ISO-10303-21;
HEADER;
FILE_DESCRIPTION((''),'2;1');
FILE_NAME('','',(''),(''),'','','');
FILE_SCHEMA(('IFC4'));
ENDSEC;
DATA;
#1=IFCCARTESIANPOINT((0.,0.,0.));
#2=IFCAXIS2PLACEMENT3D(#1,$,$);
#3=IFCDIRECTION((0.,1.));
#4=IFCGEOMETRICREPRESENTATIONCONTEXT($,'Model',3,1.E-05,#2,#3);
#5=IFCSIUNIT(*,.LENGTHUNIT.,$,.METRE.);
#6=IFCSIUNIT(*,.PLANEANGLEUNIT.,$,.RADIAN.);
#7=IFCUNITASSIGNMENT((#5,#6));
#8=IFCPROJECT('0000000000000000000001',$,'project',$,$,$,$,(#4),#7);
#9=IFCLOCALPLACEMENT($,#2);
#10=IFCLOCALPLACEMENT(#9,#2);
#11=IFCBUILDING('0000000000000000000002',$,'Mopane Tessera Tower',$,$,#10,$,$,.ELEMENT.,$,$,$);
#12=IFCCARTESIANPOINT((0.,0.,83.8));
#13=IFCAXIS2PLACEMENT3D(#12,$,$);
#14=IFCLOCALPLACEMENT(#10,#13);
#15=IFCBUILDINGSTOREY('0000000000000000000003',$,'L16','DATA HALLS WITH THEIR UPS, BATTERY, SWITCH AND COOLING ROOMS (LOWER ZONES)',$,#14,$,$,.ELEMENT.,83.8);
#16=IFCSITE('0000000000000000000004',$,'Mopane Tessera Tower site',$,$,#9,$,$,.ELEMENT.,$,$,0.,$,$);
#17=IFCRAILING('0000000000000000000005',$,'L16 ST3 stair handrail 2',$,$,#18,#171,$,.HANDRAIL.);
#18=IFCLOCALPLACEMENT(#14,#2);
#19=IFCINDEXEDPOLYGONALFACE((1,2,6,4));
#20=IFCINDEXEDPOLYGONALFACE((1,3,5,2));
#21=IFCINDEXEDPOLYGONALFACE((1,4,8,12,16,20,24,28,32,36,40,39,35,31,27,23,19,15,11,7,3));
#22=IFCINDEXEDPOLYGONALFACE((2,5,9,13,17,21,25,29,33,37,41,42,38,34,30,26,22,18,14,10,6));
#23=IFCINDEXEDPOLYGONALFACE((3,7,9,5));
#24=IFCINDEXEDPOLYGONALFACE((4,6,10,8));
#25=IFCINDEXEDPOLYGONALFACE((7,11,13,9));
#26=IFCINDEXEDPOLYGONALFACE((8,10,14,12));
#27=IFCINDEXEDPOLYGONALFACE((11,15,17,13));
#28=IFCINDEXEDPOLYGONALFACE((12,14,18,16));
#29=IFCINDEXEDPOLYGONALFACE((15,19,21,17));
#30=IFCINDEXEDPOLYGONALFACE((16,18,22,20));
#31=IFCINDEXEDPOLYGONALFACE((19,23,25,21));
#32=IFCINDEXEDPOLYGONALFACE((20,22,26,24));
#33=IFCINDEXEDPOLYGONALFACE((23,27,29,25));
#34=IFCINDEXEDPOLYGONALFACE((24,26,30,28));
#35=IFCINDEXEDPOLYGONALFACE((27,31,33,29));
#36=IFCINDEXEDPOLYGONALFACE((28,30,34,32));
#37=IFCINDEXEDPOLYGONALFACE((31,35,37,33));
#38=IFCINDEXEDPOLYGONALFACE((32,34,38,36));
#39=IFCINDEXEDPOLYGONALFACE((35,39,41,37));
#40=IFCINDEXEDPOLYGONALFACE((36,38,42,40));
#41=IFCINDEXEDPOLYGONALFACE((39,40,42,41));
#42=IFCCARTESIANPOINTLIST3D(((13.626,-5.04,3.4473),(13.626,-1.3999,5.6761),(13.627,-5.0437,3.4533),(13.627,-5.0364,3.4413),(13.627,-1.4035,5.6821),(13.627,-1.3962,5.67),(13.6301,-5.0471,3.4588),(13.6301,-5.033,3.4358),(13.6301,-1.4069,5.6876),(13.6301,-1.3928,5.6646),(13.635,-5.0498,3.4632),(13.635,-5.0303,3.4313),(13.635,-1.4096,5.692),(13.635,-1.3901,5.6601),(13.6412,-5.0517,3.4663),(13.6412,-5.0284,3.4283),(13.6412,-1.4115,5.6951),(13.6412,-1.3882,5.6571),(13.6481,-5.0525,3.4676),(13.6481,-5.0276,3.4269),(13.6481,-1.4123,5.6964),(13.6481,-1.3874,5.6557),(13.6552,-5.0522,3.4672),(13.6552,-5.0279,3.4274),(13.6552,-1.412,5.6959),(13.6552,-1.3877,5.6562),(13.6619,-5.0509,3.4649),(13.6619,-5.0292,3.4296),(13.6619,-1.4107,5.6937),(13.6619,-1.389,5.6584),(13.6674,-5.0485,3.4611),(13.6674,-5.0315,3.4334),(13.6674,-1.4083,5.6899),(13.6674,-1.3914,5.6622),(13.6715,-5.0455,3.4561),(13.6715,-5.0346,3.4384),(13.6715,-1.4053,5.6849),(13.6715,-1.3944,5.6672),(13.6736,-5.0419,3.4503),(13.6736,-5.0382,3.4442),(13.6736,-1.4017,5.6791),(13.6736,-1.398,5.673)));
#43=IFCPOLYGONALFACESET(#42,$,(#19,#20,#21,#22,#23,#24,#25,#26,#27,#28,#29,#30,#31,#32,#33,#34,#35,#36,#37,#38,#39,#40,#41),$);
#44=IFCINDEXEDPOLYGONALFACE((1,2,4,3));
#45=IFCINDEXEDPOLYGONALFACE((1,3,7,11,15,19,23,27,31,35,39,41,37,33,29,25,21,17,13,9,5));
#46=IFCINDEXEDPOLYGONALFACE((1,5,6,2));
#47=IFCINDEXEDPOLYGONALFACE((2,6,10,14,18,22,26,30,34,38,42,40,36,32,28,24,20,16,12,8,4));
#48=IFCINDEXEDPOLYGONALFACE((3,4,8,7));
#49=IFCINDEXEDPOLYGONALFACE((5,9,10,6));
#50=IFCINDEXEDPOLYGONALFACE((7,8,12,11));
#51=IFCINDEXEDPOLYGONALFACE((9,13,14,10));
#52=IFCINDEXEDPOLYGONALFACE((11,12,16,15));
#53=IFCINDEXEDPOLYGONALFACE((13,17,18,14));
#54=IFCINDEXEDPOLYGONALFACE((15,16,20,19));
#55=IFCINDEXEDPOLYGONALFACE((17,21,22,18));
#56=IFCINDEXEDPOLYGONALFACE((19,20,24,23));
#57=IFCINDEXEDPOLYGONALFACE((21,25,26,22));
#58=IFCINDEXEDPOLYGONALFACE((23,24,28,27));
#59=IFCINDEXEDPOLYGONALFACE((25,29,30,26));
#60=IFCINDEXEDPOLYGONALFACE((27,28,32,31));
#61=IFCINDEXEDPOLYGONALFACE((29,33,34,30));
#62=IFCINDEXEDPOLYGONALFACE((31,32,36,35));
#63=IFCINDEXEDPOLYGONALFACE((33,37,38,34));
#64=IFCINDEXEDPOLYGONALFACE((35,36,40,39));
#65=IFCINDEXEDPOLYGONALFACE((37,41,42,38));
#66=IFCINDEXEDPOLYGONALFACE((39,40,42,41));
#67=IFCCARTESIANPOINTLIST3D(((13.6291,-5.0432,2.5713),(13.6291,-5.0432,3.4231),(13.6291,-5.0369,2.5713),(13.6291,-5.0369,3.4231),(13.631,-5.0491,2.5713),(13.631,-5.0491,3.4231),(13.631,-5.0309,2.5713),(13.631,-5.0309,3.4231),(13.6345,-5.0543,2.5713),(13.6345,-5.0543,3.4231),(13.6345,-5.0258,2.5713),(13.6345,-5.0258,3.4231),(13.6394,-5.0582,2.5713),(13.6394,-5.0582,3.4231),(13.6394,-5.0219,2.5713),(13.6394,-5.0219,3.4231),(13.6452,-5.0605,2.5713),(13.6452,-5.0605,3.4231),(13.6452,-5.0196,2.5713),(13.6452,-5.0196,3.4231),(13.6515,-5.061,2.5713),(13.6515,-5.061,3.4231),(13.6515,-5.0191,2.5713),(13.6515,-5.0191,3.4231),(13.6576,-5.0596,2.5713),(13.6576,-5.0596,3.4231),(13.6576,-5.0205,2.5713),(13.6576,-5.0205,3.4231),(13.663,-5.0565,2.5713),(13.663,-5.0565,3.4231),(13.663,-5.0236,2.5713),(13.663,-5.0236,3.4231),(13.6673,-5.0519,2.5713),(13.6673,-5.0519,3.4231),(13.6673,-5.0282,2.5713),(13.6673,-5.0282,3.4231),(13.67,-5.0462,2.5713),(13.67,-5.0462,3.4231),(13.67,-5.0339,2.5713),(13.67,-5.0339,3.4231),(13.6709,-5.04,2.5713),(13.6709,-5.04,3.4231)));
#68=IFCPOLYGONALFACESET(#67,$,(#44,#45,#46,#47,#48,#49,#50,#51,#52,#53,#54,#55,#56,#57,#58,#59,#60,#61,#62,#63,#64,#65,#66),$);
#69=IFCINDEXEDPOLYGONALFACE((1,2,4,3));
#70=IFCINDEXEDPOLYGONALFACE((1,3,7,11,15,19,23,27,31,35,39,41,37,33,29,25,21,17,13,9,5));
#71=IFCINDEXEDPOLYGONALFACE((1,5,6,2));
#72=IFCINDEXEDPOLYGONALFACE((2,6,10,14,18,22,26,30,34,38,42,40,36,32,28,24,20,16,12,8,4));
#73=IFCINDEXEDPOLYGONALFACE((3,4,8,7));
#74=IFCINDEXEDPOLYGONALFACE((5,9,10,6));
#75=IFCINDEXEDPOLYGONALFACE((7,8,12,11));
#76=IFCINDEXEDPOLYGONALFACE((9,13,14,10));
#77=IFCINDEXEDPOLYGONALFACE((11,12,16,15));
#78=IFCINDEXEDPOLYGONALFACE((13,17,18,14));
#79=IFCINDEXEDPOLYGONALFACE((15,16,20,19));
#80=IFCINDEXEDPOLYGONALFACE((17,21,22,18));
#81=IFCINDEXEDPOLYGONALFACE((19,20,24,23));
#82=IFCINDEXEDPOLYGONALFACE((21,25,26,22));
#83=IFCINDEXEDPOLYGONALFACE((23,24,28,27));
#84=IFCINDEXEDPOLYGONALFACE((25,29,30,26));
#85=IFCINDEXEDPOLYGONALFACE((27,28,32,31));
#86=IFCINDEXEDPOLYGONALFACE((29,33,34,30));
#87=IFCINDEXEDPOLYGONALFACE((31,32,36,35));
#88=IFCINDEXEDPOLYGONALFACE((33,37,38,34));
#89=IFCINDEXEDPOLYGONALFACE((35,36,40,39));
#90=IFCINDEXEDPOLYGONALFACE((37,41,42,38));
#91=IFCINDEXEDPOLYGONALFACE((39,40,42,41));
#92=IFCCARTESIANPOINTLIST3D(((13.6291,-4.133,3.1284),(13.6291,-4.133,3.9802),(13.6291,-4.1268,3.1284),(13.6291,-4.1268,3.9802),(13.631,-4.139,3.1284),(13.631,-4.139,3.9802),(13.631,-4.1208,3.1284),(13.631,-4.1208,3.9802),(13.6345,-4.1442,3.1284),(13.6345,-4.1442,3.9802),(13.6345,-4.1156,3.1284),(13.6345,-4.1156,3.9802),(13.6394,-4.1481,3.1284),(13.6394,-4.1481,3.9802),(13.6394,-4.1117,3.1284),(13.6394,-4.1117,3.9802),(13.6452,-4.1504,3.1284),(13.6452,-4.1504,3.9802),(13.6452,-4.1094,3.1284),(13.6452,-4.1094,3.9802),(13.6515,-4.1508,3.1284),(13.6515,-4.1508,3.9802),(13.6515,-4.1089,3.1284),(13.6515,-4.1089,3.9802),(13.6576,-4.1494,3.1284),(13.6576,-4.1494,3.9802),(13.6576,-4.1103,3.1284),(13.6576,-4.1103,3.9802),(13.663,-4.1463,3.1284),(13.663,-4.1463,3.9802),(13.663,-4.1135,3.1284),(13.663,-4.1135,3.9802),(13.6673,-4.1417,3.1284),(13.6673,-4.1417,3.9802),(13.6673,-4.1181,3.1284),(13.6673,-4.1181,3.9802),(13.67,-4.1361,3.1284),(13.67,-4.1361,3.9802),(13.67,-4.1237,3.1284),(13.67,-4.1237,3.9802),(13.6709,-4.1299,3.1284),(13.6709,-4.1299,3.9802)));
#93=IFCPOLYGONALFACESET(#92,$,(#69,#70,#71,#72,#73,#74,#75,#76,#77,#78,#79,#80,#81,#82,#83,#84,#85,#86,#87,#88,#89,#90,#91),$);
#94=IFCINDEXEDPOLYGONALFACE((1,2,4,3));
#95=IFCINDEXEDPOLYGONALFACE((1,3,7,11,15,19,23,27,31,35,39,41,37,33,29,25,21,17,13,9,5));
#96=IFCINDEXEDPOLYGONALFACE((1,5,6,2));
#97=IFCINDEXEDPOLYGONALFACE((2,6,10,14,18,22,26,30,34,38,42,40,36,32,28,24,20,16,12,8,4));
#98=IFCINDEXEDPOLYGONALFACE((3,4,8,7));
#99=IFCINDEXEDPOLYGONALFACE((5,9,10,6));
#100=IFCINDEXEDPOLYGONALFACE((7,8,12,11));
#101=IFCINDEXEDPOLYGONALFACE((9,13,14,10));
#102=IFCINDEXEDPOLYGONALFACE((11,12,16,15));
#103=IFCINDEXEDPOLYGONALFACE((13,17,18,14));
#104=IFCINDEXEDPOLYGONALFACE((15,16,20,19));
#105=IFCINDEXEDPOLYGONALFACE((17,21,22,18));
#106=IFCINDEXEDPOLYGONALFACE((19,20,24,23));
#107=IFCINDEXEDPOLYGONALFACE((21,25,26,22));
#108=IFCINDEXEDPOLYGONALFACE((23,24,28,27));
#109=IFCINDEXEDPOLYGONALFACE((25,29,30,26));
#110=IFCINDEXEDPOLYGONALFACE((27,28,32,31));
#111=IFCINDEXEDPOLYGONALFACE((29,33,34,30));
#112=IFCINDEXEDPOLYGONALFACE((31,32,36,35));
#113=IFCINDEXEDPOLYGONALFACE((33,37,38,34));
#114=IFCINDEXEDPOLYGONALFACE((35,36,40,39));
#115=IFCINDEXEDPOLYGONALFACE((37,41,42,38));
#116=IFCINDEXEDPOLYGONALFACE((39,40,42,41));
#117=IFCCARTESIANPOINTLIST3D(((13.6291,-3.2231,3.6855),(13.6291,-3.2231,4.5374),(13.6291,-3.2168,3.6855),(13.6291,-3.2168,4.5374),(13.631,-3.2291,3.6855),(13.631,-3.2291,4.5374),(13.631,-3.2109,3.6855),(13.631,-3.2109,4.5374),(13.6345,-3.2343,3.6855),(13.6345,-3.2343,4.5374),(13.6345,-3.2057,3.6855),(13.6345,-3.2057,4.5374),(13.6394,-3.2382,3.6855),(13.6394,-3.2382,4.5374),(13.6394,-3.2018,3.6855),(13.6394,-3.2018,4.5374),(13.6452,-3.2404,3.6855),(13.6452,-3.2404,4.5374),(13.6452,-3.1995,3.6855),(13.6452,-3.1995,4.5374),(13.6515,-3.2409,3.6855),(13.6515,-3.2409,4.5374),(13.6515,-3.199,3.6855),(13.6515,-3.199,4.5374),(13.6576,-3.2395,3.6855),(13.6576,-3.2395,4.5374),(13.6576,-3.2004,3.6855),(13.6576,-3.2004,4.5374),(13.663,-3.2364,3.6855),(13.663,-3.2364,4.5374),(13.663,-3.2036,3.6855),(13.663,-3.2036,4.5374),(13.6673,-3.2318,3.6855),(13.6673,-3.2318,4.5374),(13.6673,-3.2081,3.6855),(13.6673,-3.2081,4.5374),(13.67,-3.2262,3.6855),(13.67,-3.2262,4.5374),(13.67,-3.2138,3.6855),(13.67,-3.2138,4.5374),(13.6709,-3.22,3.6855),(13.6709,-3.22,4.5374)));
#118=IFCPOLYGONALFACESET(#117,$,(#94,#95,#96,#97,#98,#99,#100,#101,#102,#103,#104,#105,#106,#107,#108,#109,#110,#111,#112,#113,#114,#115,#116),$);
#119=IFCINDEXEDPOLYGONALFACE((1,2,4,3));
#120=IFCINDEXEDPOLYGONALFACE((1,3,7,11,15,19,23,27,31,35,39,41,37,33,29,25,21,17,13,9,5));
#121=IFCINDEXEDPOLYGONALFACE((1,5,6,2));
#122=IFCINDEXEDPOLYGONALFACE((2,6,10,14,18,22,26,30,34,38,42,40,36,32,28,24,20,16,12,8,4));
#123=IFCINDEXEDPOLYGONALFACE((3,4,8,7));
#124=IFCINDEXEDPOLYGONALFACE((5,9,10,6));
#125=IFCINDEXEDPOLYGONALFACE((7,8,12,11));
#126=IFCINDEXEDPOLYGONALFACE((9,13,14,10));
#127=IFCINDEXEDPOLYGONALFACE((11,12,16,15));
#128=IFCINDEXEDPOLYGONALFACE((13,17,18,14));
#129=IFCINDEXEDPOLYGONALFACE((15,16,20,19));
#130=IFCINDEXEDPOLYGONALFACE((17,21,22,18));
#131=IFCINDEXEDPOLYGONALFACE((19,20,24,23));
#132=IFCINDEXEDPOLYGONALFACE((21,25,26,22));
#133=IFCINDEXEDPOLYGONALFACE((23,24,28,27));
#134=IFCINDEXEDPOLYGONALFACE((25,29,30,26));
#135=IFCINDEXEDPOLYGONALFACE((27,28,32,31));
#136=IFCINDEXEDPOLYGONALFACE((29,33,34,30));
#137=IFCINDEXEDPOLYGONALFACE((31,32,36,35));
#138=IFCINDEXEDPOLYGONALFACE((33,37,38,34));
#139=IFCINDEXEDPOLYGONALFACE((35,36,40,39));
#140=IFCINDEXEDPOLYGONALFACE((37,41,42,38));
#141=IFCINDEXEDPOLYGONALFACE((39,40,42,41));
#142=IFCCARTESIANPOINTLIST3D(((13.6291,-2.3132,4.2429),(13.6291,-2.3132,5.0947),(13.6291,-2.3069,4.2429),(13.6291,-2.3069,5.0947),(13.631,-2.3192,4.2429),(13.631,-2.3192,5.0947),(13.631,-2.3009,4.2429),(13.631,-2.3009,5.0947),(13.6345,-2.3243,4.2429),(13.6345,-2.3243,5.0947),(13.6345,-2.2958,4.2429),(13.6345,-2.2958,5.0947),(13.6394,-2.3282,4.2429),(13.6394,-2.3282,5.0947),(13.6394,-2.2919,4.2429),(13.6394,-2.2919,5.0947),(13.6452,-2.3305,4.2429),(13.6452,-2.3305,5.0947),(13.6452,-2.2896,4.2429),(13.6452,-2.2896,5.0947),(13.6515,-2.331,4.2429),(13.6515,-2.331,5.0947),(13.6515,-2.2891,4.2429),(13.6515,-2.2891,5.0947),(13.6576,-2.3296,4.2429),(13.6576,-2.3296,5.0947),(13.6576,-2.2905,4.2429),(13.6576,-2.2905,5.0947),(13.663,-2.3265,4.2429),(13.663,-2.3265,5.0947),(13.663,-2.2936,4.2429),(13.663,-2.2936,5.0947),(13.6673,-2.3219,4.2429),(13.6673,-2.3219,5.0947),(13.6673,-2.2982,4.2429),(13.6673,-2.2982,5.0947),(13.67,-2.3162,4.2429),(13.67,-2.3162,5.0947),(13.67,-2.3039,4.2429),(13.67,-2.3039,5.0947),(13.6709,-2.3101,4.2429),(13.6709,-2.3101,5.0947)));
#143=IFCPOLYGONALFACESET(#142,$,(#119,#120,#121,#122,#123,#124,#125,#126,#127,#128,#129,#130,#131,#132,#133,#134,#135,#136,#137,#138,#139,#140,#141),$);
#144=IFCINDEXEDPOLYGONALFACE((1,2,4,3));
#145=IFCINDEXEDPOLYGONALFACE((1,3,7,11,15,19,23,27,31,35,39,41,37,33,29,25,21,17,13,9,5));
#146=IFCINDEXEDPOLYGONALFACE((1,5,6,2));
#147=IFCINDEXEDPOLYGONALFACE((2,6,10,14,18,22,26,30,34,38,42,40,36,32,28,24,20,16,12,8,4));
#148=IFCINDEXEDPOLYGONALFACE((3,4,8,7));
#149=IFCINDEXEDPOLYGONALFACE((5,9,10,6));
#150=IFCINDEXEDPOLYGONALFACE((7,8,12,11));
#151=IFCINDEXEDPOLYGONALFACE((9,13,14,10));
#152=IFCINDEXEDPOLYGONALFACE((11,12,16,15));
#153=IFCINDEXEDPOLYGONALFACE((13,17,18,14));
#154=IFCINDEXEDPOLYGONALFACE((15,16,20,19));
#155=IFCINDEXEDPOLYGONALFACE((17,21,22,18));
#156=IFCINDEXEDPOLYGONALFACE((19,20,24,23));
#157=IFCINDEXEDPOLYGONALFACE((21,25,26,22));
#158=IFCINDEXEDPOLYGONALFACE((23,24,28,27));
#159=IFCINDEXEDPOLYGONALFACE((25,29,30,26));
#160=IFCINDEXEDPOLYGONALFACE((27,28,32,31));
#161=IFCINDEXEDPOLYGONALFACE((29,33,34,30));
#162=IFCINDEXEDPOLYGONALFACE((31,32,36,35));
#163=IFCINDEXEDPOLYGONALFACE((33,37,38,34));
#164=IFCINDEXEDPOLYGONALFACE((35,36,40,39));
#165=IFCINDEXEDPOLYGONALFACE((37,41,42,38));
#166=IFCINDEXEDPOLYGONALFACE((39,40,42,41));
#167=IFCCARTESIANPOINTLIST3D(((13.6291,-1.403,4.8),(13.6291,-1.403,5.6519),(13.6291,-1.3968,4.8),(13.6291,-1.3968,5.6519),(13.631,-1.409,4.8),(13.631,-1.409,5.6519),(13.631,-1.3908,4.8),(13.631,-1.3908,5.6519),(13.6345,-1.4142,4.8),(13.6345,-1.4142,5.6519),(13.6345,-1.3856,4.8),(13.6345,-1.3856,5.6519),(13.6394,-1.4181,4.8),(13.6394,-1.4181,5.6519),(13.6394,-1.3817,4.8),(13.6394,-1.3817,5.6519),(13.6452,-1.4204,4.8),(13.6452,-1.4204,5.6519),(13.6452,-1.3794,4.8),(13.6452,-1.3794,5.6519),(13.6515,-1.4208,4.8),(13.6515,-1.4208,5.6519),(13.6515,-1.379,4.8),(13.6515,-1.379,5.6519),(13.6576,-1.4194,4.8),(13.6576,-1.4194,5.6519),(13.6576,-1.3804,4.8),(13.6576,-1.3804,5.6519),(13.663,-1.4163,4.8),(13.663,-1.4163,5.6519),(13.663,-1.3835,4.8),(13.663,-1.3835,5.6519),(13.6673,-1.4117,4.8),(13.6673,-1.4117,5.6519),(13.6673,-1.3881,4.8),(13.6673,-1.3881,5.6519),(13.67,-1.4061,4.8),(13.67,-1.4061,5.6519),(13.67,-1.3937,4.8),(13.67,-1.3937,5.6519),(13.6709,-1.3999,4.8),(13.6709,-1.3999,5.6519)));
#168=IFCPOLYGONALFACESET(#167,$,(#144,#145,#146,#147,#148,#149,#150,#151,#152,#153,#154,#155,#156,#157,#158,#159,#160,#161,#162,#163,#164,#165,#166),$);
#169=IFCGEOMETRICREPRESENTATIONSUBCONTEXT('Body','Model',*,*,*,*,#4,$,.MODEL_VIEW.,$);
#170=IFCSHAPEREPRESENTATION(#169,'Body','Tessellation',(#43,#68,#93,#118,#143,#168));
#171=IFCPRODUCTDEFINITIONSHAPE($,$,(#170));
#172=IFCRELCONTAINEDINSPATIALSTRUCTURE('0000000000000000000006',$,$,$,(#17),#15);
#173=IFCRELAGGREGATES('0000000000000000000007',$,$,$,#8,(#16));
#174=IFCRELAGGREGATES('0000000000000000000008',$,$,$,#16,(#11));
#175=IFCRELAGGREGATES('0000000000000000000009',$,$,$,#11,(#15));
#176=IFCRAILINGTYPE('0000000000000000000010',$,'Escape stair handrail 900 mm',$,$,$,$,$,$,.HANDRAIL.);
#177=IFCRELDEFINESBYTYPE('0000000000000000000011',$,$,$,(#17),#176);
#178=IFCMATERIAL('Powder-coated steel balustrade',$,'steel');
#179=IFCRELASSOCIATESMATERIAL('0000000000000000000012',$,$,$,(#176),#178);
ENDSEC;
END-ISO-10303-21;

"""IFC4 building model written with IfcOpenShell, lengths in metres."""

from ifc_helpers import new_model, si_unit, direction, frame, origin, origin_2d, place, context, subcontext, project, spatial, circle, extrude, material, type_object, element, save


model = new_model("IFC4")

# Units and contexts
model_context = context("Model", 3, precision=1e-05, world=origin(), true_north=direction((0.0, 1.0)))
body_context = subcontext(model_context, "Body", "Model", "MODEL_VIEW")
ifc_project = project(units=[si_unit("LENGTHUNIT", "METRE"), si_unit("PLANEANGLEUNIT", "RADIAN")], contexts=[model_context])

# Site, building, storey
site_placement = place(None, origin())
site = spatial("IfcSite", under=ifc_project, at=site_placement, Name="Mopane Tessera Tower site", CompositionType="ELEMENT", RefElevation=0.0)
building_placement = place(site_placement, origin())
building = spatial("IfcBuilding", under=site, at=building_placement, Name="Mopane Tessera Tower", CompositionType="ELEMENT")
storey_placement = place(building_placement, frame((0.0, 0.0, 83.8)))
storey = spatial("IfcBuildingStorey", under=building, at=storey_placement, Name="L16", Description="DATA HALLS WITH THEIR UPS, BATTERY, SWITCH AND COOLING ROOMS (LOWER ZONES)", CompositionType="ELEMENT", Elevation=83.8)

# Railing
ifc_material_1 = material(Name="Powder-coated steel balustrade", Category="steel")
railing_type_1 = type_object("IfcRailingType", Name="Escape stair handrail 900 mm", PredefinedType="HANDRAIL", material=ifc_material_1)
railing_1_placement = place(storey_placement, frame((13.6499, -5.04, 2.5713)))
element("IfcRailing", 1, at=railing_1_placement, inside=storey, type_object=railing_type_1, Name="L16 ST3 stair handrail 2", PredefinedType="HANDRAIL", context=body_context, shape_type="SweptSolid", body=[
    extrude(circle(Radius=0.0239, at=origin_2d()), frame((0.0, 0.0, 0.876), z_axis=(0.0, 0.85284, 0.522172), x_axis=(-1.0, 0.0, 0.0)), (0.0, 0.0, 1.0), 4.2683),
    extrude(circle(Radius=0.021, at=origin_2d()), origin(), (0.0, 0.0, 1.0), 0.8518),
    extrude(circle(Radius=0.021, at=origin_2d()), frame((0.0, 0.9102, 0.5571)), (0.0, 0.0, 1.0), 0.8518),
    extrude(circle(Radius=0.021, at=origin_2d()), frame((0.0, 1.8201, 1.1143)), (0.0, 0.0, 1.0), 0.8518),
    extrude(circle(Radius=0.021, at=origin_2d()), frame((0.0, 2.73, 1.6716)), (0.0, 0.0, 1.0), 0.8518),
    extrude(circle(Radius=0.021, at=origin_2d()), frame((0.0, 3.6401, 2.2288)), (0.0, 0.0, 1.0), 0.8518),
])

save(model, "model.ifc")
